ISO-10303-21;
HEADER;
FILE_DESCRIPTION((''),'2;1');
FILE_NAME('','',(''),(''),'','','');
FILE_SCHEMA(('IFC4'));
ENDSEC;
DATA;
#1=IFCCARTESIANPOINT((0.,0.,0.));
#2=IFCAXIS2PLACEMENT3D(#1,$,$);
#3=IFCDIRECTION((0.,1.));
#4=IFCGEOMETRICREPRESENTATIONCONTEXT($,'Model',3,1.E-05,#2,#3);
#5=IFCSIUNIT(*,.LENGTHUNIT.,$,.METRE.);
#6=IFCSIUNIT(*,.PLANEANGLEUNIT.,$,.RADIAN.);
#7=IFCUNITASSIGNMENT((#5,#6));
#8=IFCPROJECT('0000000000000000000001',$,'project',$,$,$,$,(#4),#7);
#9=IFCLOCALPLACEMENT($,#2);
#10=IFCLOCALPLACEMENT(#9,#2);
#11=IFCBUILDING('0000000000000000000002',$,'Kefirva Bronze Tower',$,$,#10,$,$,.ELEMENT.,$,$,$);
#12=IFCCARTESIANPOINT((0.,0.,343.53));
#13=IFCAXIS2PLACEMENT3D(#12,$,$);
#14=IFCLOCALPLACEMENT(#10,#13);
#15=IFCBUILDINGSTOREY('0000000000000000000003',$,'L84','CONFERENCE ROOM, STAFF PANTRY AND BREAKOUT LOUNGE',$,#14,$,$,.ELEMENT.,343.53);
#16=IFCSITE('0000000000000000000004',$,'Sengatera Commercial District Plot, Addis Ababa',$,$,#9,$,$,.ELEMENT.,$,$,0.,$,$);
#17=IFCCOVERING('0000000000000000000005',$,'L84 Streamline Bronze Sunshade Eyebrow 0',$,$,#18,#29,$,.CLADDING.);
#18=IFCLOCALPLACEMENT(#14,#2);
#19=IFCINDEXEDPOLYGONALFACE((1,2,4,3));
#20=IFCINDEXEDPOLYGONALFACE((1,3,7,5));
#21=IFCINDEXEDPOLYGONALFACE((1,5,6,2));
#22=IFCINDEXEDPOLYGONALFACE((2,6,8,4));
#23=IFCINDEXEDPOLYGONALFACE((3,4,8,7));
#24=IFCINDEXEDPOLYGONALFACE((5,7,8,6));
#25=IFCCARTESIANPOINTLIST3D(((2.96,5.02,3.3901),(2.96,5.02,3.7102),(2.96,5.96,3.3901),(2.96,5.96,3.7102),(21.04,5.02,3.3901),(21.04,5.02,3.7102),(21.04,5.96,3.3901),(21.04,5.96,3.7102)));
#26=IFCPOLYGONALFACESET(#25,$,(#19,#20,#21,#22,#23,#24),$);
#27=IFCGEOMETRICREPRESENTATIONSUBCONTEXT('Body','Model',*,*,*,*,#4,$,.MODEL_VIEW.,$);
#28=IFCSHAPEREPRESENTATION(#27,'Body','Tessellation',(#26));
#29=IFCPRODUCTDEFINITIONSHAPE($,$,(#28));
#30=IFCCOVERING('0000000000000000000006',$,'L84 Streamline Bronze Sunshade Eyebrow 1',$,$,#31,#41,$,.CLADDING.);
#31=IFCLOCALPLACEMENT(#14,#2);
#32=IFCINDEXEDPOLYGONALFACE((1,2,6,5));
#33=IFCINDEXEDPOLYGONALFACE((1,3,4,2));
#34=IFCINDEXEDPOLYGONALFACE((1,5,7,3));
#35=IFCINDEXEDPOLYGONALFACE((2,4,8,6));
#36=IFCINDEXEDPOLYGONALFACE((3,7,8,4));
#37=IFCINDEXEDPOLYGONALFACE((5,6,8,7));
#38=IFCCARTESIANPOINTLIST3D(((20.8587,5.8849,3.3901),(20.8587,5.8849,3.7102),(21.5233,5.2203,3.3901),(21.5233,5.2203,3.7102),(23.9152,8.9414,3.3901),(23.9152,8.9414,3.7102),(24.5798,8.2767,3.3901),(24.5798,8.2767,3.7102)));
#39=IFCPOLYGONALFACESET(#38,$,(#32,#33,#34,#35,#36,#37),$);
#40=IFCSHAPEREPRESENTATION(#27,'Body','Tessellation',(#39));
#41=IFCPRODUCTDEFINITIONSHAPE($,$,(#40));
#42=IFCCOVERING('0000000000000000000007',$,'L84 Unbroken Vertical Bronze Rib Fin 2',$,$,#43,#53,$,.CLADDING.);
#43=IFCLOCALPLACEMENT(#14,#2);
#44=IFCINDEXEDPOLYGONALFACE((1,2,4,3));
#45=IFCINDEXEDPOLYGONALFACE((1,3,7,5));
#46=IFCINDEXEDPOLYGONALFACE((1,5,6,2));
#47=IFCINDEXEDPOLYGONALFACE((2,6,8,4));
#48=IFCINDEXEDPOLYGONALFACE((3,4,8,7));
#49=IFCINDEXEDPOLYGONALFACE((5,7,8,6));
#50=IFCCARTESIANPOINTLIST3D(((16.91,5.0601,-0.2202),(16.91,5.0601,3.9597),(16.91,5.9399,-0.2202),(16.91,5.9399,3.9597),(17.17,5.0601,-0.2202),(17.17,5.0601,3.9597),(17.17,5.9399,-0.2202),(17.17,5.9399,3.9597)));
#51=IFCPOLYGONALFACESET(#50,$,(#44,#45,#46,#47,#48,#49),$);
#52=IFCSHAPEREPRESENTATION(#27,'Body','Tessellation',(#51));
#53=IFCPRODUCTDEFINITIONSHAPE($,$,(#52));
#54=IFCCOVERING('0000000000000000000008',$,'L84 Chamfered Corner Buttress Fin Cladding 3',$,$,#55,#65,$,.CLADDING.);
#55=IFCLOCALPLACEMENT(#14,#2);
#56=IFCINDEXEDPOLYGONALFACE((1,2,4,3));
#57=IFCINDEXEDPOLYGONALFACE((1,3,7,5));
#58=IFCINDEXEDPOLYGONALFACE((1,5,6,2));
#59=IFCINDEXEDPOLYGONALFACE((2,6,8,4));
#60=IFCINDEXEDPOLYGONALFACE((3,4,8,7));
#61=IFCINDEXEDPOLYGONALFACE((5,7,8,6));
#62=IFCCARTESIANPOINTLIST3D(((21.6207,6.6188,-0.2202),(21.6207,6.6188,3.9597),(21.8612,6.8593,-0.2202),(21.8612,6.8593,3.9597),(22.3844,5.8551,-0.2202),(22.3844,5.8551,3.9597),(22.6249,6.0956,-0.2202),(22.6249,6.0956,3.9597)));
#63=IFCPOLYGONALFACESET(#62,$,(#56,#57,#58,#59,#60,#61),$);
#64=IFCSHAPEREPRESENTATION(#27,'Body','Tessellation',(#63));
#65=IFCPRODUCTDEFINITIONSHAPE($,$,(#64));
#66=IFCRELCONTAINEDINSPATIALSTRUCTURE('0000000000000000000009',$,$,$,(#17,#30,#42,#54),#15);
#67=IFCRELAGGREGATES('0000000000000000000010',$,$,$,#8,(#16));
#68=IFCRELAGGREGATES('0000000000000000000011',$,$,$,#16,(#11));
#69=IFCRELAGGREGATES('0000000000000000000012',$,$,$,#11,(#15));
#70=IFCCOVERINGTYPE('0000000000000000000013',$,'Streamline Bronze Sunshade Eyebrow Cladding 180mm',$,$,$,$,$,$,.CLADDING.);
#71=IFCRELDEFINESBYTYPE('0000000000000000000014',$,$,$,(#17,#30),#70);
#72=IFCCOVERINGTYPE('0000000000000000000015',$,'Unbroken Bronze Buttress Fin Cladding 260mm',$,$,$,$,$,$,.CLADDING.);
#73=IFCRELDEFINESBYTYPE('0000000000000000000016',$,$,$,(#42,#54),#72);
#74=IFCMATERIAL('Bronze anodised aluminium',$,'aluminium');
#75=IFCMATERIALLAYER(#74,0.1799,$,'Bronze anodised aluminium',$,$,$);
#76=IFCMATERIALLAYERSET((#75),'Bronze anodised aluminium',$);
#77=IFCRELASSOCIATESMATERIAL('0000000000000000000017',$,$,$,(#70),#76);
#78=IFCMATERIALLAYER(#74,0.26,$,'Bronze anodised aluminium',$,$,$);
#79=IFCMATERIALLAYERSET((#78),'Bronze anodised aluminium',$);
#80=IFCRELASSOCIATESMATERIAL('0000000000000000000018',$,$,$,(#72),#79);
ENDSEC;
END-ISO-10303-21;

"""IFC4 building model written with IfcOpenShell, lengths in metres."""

from ifc_helpers import new_model, si_unit, direction, frame, origin, origin_2d, place, context, subcontext, project, spatial, rectangle, extrude, material, layer, layer_set, type_object, element, save


model = new_model("IFC4")

# Units and contexts
model_context = context("Model", 3, precision=1e-05, world=origin(), true_north=direction((0.0, 1.0)))
body_context = subcontext(model_context, "Body", "Model", "MODEL_VIEW")
ifc_project = project(units=[si_unit("LENGTHUNIT", "METRE"), si_unit("PLANEANGLEUNIT", "RADIAN")], contexts=[model_context])

# Site, building, storey
site_placement = place(None, origin())
site = spatial("IfcSite", under=ifc_project, at=site_placement, Name="Sengatera Commercial District Plot, Addis Ababa", CompositionType="ELEMENT", RefElevation=0.0)
building_placement = place(site_placement, origin())
building = spatial("IfcBuilding", under=site, at=building_placement, Name="Kefirva Bronze Tower", CompositionType="ELEMENT")
storey_placement = place(building_placement, frame((0.0, 0.0, 343.53)))
storey = spatial("IfcBuildingStorey", under=building, at=storey_placement, Name="L84", Description="CONFERENCE ROOM, STAFF PANTRY AND BREAKOUT LOUNGE", CompositionType="ELEMENT", Elevation=343.53)

# Shared definitions
ifc_material_1 = material(Name="Bronze anodised aluminium", Category="aluminium")

# Coverings
ifc_layer_1 = layer(ifc_material_1, 0.1799, Name="Bronze anodised aluminium")
ifc_layer_set_1 = layer_set([ifc_layer_1], Name="Bronze anodised aluminium")
covering_type_1 = type_object("IfcCoveringType", Name="Streamline Bronze Sunshade Eyebrow Cladding 180mm", PredefinedType="CLADDING", material=ifc_layer_set_1)
covering_1_placement = place(storey_placement, frame((12.0, 5.49, 3.3901), z_axis=(0.0, 0.0, 1.0), x_axis=(1.0, 0.0, 0.0)))
element("IfcCovering", 1, at=covering_1_placement, inside=storey, type_object=covering_type_1, Name="L84 Streamline Bronze Sunshade Eyebrow 0", PredefinedType="CLADDING", context=body_context, shape_type="SweptSolid", body=[
    extrude(rectangle(XDim=18.0801, YDim=0.9399, at=origin_2d()), origin(), (0.0, 0.0, 1.0), 0.3201),
])
covering_2_placement = place(storey_placement, frame((22.7192, 7.0808, 3.3901), z_axis=(0.0, 0.0, 1.0), x_axis=(0.707107, 0.707107, 0.0)))
element("IfcCovering", 2, at=covering_2_placement, inside=storey, type_object=covering_type_1, Name="L84 Streamline Bronze Sunshade Eyebrow 1", PredefinedType="CLADDING", context=body_context, shape_type="SweptSolid", body=[
    extrude(rectangle(XDim=4.3225, YDim=0.9399, at=origin_2d()), origin(), (0.0, 0.0, 1.0), 0.3201),
])
ifc_layer_2 = layer(ifc_material_1, 0.26, Name="Bronze anodised aluminium")
ifc_layer_set_2 = layer_set([ifc_layer_2], Name="Bronze anodised aluminium")
covering_type_2 = type_object("IfcCoveringType", Name="Unbroken Bronze Buttress Fin Cladding 260mm", PredefinedType="CLADDING", material=ifc_layer_set_2)
covering_3_placement = place(storey_placement, frame((17.04, 5.5, -0.2202), z_axis=(0.0, 0.0, 1.0), x_axis=(1.0, 0.0, 0.0)))
element("IfcCovering", 3, at=covering_3_placement, inside=storey, type_object=covering_type_2, Name="L84 Unbroken Vertical Bronze Rib Fin 2", PredefinedType="CLADDING", context=body_context, shape_type="SweptSolid", body=[
    extrude(rectangle(XDim=0.26, YDim=0.8799, at=origin_2d()), origin(), (0.0, 0.0, 1.0), 4.1799),
])
covering_4_placement = place(storey_placement, frame((22.1228, 6.3572, -0.2202), z_axis=(0.0, 0.0, 1.0), x_axis=(0.707107, 0.707107, 0.0)))
element("IfcCovering", 4, at=covering_4_placement, inside=storey, type_object=covering_type_2, Name="L84 Chamfered Corner Buttress Fin Cladding 3", PredefinedType="CLADDING", context=body_context, shape_type="SweptSolid", body=[
    extrude(rectangle(XDim=0.3401, YDim=1.0801, at=origin_2d()), origin(), (0.0, 0.0, 1.0), 4.1799),
])

save(model, "model.ifc")
